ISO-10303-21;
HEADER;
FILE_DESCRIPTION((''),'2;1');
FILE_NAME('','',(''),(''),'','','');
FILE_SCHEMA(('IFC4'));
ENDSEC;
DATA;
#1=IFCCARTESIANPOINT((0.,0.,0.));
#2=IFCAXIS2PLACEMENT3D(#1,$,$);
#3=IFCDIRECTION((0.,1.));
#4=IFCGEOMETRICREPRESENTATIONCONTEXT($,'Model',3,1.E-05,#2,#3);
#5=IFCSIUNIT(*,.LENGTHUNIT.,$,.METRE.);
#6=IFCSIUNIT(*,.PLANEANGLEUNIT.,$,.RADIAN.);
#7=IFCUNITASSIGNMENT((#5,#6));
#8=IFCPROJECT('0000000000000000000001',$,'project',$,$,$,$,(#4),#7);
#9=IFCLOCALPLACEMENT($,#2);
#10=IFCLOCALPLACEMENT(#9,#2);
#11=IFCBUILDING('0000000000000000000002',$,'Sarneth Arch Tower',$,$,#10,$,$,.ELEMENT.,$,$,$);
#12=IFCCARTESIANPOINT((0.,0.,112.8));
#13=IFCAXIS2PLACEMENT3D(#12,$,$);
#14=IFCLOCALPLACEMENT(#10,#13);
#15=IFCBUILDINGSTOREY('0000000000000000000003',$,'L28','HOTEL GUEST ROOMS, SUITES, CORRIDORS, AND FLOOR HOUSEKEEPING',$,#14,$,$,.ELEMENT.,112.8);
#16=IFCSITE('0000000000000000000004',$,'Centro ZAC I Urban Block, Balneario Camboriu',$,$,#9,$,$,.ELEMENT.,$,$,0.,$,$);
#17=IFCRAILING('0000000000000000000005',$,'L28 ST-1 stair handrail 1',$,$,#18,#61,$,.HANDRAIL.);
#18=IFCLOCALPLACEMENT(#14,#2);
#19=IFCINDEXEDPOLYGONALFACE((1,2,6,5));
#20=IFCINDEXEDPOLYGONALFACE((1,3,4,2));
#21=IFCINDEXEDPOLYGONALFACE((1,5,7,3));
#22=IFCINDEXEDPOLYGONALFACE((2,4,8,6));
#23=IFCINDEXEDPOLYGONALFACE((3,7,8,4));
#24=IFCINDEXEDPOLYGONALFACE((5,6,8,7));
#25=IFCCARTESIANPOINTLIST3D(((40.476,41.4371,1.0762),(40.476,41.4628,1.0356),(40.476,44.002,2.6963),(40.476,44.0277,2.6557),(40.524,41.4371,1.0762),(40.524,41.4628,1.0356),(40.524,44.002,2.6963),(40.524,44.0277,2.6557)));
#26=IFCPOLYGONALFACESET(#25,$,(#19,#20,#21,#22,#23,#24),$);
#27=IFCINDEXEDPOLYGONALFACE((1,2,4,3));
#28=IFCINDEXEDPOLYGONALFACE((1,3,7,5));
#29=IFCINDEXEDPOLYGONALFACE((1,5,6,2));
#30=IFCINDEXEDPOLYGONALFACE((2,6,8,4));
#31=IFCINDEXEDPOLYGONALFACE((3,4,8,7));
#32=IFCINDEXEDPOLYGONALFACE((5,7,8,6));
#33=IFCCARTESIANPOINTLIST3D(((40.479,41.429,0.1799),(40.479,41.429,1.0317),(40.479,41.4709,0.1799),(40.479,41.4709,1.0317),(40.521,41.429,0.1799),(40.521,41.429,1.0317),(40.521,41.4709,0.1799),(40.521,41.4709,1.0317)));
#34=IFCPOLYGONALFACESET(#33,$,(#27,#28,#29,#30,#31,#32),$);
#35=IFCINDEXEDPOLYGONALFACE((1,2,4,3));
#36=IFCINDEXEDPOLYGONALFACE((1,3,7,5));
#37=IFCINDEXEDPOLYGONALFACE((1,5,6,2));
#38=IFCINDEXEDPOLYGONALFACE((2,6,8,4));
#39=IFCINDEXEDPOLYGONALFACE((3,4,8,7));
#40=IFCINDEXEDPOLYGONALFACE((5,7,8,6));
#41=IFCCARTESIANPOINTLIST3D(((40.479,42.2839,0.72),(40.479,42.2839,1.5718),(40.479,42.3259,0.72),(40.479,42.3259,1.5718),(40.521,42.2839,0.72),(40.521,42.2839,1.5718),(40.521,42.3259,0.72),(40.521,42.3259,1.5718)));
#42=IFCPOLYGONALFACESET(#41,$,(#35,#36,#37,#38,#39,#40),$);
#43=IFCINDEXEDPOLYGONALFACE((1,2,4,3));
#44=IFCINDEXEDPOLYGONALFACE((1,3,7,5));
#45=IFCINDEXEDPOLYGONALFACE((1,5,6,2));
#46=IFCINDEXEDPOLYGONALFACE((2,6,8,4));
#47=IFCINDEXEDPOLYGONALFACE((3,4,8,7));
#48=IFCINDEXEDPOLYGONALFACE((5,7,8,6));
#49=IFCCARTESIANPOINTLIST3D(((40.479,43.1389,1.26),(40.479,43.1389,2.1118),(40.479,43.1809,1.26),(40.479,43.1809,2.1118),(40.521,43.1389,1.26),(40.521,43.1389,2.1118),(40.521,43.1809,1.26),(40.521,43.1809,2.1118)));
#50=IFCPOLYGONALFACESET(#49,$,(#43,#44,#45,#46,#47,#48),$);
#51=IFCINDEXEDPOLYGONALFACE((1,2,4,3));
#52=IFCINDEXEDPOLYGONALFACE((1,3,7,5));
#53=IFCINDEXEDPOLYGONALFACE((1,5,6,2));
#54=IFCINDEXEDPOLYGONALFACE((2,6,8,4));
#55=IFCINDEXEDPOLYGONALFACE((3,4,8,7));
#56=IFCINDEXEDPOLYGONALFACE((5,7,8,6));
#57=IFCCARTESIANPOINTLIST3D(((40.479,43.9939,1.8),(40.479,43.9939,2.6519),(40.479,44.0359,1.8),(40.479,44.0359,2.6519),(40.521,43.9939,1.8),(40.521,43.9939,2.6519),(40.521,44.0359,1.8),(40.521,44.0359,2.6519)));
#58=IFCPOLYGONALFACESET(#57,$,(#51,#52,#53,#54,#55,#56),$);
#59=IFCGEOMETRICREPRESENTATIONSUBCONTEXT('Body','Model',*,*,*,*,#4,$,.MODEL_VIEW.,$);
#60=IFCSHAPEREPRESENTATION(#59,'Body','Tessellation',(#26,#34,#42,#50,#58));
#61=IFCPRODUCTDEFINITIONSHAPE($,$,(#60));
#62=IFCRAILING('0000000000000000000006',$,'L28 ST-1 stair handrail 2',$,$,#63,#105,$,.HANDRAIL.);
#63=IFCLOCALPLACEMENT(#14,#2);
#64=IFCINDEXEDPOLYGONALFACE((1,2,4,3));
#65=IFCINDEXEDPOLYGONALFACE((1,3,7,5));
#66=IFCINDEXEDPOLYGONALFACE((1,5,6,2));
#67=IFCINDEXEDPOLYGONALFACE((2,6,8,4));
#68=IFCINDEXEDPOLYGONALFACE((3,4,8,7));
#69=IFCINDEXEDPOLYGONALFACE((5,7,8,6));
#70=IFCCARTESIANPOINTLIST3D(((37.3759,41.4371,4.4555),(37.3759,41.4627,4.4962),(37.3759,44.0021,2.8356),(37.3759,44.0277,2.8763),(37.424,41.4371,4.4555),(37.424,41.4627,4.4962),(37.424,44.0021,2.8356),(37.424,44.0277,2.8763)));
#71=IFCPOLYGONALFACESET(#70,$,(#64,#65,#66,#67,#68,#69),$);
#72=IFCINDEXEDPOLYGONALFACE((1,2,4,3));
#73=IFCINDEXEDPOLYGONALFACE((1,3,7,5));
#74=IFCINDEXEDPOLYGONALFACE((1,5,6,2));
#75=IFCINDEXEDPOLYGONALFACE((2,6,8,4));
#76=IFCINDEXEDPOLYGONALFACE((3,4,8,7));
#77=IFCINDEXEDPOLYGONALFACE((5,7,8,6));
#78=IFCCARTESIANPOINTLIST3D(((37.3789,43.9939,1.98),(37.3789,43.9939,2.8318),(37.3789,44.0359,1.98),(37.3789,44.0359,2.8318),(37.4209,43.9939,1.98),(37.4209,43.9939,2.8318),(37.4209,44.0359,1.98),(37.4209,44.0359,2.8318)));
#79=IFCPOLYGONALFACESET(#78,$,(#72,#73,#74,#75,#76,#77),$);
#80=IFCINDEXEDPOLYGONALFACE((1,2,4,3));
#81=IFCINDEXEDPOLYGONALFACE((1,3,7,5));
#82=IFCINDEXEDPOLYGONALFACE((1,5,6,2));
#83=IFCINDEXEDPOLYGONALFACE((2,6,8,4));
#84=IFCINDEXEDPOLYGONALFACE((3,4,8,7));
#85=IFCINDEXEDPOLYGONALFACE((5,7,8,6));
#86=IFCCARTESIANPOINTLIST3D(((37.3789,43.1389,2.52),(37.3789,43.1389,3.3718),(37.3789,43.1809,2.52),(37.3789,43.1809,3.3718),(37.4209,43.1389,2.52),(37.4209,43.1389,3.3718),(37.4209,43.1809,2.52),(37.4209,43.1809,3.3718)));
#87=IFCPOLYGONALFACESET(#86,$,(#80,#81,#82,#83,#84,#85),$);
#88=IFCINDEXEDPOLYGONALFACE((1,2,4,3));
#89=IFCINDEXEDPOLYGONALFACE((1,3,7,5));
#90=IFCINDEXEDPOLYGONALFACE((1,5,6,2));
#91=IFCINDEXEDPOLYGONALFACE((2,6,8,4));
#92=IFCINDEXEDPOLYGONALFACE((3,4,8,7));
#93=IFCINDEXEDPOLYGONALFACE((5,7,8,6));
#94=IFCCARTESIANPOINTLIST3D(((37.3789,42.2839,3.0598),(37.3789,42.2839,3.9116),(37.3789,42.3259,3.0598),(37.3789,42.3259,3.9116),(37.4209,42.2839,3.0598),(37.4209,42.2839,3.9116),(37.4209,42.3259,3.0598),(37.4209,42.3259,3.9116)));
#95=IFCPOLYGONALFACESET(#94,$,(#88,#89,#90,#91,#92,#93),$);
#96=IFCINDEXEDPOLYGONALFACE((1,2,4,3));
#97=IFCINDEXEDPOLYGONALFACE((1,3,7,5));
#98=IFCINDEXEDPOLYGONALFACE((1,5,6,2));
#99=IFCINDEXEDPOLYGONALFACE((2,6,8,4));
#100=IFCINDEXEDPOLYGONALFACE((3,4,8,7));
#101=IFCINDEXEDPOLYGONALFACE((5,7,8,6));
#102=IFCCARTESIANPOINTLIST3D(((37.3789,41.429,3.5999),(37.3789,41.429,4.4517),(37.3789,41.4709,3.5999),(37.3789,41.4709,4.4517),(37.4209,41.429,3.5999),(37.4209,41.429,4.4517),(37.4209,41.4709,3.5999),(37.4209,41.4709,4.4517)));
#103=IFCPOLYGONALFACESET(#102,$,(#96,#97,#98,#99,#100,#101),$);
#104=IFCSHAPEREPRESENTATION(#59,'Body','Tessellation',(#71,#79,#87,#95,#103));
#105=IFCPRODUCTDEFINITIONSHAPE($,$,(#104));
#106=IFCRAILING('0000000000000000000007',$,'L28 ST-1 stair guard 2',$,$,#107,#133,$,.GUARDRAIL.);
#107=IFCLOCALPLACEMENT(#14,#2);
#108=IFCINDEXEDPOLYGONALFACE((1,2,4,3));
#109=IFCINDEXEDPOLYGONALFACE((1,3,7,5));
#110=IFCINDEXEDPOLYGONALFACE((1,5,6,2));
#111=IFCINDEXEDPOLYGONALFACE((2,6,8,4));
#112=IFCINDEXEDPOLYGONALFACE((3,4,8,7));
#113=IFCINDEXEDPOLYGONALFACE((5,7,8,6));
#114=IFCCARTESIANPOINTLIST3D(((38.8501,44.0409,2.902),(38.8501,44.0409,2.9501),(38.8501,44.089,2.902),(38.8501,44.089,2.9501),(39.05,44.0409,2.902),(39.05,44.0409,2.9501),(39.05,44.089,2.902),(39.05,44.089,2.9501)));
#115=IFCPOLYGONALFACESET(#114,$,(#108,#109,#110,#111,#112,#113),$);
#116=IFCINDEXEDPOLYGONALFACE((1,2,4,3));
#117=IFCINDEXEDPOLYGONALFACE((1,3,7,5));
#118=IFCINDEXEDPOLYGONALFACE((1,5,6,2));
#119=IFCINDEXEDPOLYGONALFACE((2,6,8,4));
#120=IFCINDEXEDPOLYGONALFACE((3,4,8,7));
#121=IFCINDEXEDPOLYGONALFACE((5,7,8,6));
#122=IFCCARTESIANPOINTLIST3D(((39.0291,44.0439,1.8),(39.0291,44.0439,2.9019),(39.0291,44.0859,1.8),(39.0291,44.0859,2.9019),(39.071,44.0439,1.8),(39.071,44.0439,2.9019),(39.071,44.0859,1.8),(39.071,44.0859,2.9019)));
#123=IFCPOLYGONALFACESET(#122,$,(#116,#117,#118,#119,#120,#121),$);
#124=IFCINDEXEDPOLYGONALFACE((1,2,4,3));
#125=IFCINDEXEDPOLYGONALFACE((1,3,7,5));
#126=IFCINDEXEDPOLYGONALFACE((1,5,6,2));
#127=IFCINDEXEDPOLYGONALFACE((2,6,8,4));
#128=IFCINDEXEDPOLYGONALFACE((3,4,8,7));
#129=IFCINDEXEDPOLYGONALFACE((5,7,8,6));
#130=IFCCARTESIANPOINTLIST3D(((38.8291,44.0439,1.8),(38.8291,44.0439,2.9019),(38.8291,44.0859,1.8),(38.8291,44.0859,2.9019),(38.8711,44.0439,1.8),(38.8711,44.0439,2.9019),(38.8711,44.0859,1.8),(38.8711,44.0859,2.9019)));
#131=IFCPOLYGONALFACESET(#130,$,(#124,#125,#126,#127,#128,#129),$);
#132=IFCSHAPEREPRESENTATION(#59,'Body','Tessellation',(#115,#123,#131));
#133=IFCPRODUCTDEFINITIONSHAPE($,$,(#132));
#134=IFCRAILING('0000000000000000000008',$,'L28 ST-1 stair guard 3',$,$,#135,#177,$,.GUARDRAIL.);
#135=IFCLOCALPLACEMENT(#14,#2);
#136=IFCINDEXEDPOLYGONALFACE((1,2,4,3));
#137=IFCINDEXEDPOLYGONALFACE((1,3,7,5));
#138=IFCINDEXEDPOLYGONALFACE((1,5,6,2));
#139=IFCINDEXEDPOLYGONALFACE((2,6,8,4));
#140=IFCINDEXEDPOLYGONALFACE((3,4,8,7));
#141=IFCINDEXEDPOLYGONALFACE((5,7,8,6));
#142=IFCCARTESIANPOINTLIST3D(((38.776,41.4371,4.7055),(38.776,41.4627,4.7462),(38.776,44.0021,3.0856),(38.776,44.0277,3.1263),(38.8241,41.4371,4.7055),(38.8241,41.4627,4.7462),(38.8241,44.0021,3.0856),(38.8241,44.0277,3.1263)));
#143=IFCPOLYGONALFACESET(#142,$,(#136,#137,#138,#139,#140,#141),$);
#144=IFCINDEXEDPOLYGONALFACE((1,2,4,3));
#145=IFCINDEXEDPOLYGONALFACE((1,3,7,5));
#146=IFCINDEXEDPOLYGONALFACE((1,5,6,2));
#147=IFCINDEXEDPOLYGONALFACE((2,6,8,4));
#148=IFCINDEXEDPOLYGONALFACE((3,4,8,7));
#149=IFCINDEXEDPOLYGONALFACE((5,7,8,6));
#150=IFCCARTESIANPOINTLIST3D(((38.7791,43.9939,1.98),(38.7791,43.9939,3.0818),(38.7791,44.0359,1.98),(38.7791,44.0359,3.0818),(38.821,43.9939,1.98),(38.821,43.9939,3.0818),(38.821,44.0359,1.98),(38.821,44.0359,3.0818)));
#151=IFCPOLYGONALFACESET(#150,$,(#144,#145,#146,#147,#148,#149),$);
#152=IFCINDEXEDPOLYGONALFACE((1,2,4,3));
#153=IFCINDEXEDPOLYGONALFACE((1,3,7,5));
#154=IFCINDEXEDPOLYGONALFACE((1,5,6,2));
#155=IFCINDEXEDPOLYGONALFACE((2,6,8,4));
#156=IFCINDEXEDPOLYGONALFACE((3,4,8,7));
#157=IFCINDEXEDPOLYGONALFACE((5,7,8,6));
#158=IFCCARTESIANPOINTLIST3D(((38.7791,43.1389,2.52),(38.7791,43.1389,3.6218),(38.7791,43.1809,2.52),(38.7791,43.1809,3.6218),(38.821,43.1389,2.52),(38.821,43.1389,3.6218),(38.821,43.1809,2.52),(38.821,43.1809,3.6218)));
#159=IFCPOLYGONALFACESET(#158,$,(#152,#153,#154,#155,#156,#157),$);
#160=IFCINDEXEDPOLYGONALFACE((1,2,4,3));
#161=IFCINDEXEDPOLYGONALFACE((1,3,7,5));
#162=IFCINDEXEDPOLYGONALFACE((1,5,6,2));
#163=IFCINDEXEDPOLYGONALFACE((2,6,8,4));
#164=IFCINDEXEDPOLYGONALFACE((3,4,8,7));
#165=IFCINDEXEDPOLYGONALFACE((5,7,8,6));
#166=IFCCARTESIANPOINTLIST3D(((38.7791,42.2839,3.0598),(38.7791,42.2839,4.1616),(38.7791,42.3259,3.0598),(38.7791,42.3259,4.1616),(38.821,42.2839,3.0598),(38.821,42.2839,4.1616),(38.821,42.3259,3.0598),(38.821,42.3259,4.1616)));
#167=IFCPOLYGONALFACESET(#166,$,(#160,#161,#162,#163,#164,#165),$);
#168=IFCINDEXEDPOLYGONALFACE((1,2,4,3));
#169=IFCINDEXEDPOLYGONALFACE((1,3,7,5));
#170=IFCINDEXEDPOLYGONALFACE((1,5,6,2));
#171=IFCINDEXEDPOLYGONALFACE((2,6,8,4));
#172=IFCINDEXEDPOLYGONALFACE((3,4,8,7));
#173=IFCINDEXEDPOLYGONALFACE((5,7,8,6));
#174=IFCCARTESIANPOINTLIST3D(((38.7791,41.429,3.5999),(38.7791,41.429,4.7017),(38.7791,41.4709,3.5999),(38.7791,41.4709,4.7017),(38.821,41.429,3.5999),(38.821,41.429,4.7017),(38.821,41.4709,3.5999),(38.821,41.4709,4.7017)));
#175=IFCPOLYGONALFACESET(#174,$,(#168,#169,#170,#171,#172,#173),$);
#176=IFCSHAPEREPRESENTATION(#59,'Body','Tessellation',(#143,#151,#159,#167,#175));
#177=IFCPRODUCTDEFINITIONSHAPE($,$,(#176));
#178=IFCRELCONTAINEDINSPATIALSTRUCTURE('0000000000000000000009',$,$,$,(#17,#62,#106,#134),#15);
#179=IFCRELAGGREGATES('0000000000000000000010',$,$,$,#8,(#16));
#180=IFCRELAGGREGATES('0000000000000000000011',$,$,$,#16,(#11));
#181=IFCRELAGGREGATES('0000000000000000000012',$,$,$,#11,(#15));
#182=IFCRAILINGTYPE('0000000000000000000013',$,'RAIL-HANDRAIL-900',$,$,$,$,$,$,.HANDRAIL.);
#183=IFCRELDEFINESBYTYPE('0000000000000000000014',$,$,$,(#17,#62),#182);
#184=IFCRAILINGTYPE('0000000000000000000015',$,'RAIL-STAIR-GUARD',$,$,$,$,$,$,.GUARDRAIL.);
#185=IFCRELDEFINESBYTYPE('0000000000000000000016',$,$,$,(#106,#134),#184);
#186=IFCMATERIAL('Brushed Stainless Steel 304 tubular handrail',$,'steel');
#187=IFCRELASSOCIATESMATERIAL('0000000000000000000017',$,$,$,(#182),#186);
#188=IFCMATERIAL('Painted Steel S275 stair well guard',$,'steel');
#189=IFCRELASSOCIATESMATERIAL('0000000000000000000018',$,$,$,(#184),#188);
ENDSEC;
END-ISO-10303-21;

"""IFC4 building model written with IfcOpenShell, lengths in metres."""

from ifc_helpers import new_model, si_unit, direction, frame, origin, origin_2d, place, context, subcontext, project, spatial, rectangle, extrude, material, type_object, element, save


model = new_model("IFC4")

# Units and contexts
model_context = context("Model", 3, precision=1e-05, world=origin(), true_north=direction((0.0, 1.0)))
body_context = subcontext(model_context, "Body", "Model", "MODEL_VIEW")
ifc_project = project(units=[si_unit("LENGTHUNIT", "METRE"), si_unit("PLANEANGLEUNIT", "RADIAN")], contexts=[model_context])

# Site, building, storey
site_placement = place(None, origin())
site = spatial("IfcSite", under=ifc_project, at=site_placement, Name="Centro ZAC I Urban Block, Balneario Camboriu", CompositionType="ELEMENT", RefElevation=0.0)
building_placement = place(site_placement, origin())
building = spatial("IfcBuilding", under=site, at=building_placement, Name="Sarneth Arch Tower", CompositionType="ELEMENT")
storey_placement = place(building_placement, frame((0.0, 0.0, 112.8)))
storey = spatial("IfcBuildingStorey", under=building, at=storey_placement, Name="L28", Description="HOTEL GUEST ROOMS, SUITES, CORRIDORS, AND FLOOR HOUSEKEEPING", CompositionType="ELEMENT", Elevation=112.8)

# Railings
ifc_material_1 = material(Name="Brushed Stainless Steel 304 tubular handrail", Category="steel")
railing_type_1 = type_object("IfcRailingType", Name="RAIL-HANDRAIL-900", PredefinedType="HANDRAIL", material=ifc_material_1)
railing_1_placement = place(storey_placement, frame((40.5, 41.45, 0.1799)))
element("IfcRailing", 1, at=railing_1_placement, inside=storey, type_object=railing_type_1, Name="L28 ST-1 stair handrail 1", PredefinedType="HANDRAIL", context=body_context, shape_type="SweptSolid", body=[
    extrude(rectangle(XDim=0.0481, YDim=0.0481, at=origin_2d()), frame((0.0, 0.0, 0.876), z_axis=(0.0, 0.845466, 0.534029), x_axis=(-1.0, 0.0, 0.0)), (0.0, 0.0, 1.0), 3.0337),
    extrude(rectangle(XDim=0.042, YDim=0.042, at=origin_2d()), origin(), (0.0, 0.0, 1.0), 0.8518),
    extrude(rectangle(XDim=0.042, YDim=0.042, at=origin_2d()), frame((0.0, 0.855, 0.54)), (0.0, 0.0, 1.0), 0.8518),
    extrude(rectangle(XDim=0.042, YDim=0.042, at=origin_2d()), frame((0.0, 1.71, 1.0801)), (0.0, 0.0, 1.0), 0.8518),
    extrude(rectangle(XDim=0.042, YDim=0.042, at=origin_2d()), frame((0.0, 2.5649, 1.6201)), (0.0, 0.0, 1.0), 0.8518),
])
railing_2_placement = place(storey_placement, frame((37.3999, 44.0149, 1.98)))
element("IfcRailing", 2, at=railing_2_placement, inside=storey, type_object=railing_type_1, Name="L28 ST-1 stair handrail 2", PredefinedType="HANDRAIL", context=body_context, shape_type="SweptSolid", body=[
    extrude(rectangle(XDim=0.0481, YDim=0.0481, at=origin_2d()), frame((0.0, 0.0, 0.876), z_axis=(0.0, -0.845502, 0.533972), x_axis=(1.0, 0.0, 0.0)), (0.0, 0.0, 1.0), 3.0337),
    extrude(rectangle(XDim=0.042, YDim=0.042, at=origin_2d()), origin(), (0.0, 0.0, 1.0), 0.8518),
    extrude(rectangle(XDim=0.042, YDim=0.042, at=origin_2d()), frame((0.0, -0.855, 0.54)), (0.0, 0.0, 1.0), 0.8518),
    extrude(rectangle(XDim=0.042, YDim=0.042, at=origin_2d()), frame((0.0, -1.71, 1.0798)), (0.0, 0.0, 1.0), 0.8518),
    extrude(rectangle(XDim=0.042, YDim=0.042, at=origin_2d()), frame((0.0, -2.5649, 1.6199)), (0.0, 0.0, 1.0), 0.8518),
])
ifc_material_2 = material(Name="Painted Steel S275 stair well guard", Category="steel")
railing_type_2 = type_object("IfcRailingType", Name="RAIL-STAIR-GUARD", PredefinedType="GUARDRAIL", material=ifc_material_2)
railing_3_placement = place(storey_placement, frame((39.05, 44.0649, 1.8)))
element("IfcRailing", 3, at=railing_3_placement, inside=storey, type_object=railing_type_2, Name="L28 ST-1 stair guard 2", PredefinedType="GUARDRAIL", context=body_context, shape_type="SweptSolid", body=[
    extrude(rectangle(XDim=0.0481, YDim=0.0481, at=origin_2d()), frame((0.0, 0.0, 1.126), z_axis=(-1.0, 0.0, 0.0), x_axis=(0.0, -1.0, 0.0)), (0.0, 0.0, 1.0), 0.2),
    extrude(rectangle(XDim=0.042, YDim=0.042, at=origin_2d()), origin(), (0.0, 0.0, 1.0), 1.1018),
    extrude(rectangle(XDim=0.042, YDim=0.042, at=origin_2d()), frame((-0.2, 0.0, 0.0)), (0.0, 0.0, 1.0), 1.1018),
])
railing_4_placement = place(storey_placement, frame((38.8, 44.0149, 1.98)))
element("IfcRailing", 4, at=railing_4_placement, inside=storey, type_object=railing_type_2, Name="L28 ST-1 stair guard 3", PredefinedType="GUARDRAIL", context=body_context, shape_type="SweptSolid", body=[
    extrude(rectangle(XDim=0.0481, YDim=0.0481, at=origin_2d()), frame((0.0, 0.0, 1.126), z_axis=(0.0, -0.845502, 0.533972), x_axis=(1.0, 0.0, 0.0)), (0.0, 0.0, 1.0), 3.0337),
    extrude(rectangle(XDim=0.042, YDim=0.042, at=origin_2d()), origin(), (0.0, 0.0, 1.0), 1.1018),
    extrude(rectangle(XDim=0.042, YDim=0.042, at=origin_2d()), frame((0.0, -0.855, 0.54)), (0.0, 0.0, 1.0), 1.1018),
    extrude(rectangle(XDim=0.042, YDim=0.042, at=origin_2d()), frame((0.0, -1.71, 1.0798)), (0.0, 0.0, 1.0), 1.1018),
    extrude(rectangle(XDim=0.042, YDim=0.042, at=origin_2d()), frame((0.0, -2.5649, 1.6199)), (0.0, 0.0, 1.0), 1.1018),
])

save(model, "model.ifc")
